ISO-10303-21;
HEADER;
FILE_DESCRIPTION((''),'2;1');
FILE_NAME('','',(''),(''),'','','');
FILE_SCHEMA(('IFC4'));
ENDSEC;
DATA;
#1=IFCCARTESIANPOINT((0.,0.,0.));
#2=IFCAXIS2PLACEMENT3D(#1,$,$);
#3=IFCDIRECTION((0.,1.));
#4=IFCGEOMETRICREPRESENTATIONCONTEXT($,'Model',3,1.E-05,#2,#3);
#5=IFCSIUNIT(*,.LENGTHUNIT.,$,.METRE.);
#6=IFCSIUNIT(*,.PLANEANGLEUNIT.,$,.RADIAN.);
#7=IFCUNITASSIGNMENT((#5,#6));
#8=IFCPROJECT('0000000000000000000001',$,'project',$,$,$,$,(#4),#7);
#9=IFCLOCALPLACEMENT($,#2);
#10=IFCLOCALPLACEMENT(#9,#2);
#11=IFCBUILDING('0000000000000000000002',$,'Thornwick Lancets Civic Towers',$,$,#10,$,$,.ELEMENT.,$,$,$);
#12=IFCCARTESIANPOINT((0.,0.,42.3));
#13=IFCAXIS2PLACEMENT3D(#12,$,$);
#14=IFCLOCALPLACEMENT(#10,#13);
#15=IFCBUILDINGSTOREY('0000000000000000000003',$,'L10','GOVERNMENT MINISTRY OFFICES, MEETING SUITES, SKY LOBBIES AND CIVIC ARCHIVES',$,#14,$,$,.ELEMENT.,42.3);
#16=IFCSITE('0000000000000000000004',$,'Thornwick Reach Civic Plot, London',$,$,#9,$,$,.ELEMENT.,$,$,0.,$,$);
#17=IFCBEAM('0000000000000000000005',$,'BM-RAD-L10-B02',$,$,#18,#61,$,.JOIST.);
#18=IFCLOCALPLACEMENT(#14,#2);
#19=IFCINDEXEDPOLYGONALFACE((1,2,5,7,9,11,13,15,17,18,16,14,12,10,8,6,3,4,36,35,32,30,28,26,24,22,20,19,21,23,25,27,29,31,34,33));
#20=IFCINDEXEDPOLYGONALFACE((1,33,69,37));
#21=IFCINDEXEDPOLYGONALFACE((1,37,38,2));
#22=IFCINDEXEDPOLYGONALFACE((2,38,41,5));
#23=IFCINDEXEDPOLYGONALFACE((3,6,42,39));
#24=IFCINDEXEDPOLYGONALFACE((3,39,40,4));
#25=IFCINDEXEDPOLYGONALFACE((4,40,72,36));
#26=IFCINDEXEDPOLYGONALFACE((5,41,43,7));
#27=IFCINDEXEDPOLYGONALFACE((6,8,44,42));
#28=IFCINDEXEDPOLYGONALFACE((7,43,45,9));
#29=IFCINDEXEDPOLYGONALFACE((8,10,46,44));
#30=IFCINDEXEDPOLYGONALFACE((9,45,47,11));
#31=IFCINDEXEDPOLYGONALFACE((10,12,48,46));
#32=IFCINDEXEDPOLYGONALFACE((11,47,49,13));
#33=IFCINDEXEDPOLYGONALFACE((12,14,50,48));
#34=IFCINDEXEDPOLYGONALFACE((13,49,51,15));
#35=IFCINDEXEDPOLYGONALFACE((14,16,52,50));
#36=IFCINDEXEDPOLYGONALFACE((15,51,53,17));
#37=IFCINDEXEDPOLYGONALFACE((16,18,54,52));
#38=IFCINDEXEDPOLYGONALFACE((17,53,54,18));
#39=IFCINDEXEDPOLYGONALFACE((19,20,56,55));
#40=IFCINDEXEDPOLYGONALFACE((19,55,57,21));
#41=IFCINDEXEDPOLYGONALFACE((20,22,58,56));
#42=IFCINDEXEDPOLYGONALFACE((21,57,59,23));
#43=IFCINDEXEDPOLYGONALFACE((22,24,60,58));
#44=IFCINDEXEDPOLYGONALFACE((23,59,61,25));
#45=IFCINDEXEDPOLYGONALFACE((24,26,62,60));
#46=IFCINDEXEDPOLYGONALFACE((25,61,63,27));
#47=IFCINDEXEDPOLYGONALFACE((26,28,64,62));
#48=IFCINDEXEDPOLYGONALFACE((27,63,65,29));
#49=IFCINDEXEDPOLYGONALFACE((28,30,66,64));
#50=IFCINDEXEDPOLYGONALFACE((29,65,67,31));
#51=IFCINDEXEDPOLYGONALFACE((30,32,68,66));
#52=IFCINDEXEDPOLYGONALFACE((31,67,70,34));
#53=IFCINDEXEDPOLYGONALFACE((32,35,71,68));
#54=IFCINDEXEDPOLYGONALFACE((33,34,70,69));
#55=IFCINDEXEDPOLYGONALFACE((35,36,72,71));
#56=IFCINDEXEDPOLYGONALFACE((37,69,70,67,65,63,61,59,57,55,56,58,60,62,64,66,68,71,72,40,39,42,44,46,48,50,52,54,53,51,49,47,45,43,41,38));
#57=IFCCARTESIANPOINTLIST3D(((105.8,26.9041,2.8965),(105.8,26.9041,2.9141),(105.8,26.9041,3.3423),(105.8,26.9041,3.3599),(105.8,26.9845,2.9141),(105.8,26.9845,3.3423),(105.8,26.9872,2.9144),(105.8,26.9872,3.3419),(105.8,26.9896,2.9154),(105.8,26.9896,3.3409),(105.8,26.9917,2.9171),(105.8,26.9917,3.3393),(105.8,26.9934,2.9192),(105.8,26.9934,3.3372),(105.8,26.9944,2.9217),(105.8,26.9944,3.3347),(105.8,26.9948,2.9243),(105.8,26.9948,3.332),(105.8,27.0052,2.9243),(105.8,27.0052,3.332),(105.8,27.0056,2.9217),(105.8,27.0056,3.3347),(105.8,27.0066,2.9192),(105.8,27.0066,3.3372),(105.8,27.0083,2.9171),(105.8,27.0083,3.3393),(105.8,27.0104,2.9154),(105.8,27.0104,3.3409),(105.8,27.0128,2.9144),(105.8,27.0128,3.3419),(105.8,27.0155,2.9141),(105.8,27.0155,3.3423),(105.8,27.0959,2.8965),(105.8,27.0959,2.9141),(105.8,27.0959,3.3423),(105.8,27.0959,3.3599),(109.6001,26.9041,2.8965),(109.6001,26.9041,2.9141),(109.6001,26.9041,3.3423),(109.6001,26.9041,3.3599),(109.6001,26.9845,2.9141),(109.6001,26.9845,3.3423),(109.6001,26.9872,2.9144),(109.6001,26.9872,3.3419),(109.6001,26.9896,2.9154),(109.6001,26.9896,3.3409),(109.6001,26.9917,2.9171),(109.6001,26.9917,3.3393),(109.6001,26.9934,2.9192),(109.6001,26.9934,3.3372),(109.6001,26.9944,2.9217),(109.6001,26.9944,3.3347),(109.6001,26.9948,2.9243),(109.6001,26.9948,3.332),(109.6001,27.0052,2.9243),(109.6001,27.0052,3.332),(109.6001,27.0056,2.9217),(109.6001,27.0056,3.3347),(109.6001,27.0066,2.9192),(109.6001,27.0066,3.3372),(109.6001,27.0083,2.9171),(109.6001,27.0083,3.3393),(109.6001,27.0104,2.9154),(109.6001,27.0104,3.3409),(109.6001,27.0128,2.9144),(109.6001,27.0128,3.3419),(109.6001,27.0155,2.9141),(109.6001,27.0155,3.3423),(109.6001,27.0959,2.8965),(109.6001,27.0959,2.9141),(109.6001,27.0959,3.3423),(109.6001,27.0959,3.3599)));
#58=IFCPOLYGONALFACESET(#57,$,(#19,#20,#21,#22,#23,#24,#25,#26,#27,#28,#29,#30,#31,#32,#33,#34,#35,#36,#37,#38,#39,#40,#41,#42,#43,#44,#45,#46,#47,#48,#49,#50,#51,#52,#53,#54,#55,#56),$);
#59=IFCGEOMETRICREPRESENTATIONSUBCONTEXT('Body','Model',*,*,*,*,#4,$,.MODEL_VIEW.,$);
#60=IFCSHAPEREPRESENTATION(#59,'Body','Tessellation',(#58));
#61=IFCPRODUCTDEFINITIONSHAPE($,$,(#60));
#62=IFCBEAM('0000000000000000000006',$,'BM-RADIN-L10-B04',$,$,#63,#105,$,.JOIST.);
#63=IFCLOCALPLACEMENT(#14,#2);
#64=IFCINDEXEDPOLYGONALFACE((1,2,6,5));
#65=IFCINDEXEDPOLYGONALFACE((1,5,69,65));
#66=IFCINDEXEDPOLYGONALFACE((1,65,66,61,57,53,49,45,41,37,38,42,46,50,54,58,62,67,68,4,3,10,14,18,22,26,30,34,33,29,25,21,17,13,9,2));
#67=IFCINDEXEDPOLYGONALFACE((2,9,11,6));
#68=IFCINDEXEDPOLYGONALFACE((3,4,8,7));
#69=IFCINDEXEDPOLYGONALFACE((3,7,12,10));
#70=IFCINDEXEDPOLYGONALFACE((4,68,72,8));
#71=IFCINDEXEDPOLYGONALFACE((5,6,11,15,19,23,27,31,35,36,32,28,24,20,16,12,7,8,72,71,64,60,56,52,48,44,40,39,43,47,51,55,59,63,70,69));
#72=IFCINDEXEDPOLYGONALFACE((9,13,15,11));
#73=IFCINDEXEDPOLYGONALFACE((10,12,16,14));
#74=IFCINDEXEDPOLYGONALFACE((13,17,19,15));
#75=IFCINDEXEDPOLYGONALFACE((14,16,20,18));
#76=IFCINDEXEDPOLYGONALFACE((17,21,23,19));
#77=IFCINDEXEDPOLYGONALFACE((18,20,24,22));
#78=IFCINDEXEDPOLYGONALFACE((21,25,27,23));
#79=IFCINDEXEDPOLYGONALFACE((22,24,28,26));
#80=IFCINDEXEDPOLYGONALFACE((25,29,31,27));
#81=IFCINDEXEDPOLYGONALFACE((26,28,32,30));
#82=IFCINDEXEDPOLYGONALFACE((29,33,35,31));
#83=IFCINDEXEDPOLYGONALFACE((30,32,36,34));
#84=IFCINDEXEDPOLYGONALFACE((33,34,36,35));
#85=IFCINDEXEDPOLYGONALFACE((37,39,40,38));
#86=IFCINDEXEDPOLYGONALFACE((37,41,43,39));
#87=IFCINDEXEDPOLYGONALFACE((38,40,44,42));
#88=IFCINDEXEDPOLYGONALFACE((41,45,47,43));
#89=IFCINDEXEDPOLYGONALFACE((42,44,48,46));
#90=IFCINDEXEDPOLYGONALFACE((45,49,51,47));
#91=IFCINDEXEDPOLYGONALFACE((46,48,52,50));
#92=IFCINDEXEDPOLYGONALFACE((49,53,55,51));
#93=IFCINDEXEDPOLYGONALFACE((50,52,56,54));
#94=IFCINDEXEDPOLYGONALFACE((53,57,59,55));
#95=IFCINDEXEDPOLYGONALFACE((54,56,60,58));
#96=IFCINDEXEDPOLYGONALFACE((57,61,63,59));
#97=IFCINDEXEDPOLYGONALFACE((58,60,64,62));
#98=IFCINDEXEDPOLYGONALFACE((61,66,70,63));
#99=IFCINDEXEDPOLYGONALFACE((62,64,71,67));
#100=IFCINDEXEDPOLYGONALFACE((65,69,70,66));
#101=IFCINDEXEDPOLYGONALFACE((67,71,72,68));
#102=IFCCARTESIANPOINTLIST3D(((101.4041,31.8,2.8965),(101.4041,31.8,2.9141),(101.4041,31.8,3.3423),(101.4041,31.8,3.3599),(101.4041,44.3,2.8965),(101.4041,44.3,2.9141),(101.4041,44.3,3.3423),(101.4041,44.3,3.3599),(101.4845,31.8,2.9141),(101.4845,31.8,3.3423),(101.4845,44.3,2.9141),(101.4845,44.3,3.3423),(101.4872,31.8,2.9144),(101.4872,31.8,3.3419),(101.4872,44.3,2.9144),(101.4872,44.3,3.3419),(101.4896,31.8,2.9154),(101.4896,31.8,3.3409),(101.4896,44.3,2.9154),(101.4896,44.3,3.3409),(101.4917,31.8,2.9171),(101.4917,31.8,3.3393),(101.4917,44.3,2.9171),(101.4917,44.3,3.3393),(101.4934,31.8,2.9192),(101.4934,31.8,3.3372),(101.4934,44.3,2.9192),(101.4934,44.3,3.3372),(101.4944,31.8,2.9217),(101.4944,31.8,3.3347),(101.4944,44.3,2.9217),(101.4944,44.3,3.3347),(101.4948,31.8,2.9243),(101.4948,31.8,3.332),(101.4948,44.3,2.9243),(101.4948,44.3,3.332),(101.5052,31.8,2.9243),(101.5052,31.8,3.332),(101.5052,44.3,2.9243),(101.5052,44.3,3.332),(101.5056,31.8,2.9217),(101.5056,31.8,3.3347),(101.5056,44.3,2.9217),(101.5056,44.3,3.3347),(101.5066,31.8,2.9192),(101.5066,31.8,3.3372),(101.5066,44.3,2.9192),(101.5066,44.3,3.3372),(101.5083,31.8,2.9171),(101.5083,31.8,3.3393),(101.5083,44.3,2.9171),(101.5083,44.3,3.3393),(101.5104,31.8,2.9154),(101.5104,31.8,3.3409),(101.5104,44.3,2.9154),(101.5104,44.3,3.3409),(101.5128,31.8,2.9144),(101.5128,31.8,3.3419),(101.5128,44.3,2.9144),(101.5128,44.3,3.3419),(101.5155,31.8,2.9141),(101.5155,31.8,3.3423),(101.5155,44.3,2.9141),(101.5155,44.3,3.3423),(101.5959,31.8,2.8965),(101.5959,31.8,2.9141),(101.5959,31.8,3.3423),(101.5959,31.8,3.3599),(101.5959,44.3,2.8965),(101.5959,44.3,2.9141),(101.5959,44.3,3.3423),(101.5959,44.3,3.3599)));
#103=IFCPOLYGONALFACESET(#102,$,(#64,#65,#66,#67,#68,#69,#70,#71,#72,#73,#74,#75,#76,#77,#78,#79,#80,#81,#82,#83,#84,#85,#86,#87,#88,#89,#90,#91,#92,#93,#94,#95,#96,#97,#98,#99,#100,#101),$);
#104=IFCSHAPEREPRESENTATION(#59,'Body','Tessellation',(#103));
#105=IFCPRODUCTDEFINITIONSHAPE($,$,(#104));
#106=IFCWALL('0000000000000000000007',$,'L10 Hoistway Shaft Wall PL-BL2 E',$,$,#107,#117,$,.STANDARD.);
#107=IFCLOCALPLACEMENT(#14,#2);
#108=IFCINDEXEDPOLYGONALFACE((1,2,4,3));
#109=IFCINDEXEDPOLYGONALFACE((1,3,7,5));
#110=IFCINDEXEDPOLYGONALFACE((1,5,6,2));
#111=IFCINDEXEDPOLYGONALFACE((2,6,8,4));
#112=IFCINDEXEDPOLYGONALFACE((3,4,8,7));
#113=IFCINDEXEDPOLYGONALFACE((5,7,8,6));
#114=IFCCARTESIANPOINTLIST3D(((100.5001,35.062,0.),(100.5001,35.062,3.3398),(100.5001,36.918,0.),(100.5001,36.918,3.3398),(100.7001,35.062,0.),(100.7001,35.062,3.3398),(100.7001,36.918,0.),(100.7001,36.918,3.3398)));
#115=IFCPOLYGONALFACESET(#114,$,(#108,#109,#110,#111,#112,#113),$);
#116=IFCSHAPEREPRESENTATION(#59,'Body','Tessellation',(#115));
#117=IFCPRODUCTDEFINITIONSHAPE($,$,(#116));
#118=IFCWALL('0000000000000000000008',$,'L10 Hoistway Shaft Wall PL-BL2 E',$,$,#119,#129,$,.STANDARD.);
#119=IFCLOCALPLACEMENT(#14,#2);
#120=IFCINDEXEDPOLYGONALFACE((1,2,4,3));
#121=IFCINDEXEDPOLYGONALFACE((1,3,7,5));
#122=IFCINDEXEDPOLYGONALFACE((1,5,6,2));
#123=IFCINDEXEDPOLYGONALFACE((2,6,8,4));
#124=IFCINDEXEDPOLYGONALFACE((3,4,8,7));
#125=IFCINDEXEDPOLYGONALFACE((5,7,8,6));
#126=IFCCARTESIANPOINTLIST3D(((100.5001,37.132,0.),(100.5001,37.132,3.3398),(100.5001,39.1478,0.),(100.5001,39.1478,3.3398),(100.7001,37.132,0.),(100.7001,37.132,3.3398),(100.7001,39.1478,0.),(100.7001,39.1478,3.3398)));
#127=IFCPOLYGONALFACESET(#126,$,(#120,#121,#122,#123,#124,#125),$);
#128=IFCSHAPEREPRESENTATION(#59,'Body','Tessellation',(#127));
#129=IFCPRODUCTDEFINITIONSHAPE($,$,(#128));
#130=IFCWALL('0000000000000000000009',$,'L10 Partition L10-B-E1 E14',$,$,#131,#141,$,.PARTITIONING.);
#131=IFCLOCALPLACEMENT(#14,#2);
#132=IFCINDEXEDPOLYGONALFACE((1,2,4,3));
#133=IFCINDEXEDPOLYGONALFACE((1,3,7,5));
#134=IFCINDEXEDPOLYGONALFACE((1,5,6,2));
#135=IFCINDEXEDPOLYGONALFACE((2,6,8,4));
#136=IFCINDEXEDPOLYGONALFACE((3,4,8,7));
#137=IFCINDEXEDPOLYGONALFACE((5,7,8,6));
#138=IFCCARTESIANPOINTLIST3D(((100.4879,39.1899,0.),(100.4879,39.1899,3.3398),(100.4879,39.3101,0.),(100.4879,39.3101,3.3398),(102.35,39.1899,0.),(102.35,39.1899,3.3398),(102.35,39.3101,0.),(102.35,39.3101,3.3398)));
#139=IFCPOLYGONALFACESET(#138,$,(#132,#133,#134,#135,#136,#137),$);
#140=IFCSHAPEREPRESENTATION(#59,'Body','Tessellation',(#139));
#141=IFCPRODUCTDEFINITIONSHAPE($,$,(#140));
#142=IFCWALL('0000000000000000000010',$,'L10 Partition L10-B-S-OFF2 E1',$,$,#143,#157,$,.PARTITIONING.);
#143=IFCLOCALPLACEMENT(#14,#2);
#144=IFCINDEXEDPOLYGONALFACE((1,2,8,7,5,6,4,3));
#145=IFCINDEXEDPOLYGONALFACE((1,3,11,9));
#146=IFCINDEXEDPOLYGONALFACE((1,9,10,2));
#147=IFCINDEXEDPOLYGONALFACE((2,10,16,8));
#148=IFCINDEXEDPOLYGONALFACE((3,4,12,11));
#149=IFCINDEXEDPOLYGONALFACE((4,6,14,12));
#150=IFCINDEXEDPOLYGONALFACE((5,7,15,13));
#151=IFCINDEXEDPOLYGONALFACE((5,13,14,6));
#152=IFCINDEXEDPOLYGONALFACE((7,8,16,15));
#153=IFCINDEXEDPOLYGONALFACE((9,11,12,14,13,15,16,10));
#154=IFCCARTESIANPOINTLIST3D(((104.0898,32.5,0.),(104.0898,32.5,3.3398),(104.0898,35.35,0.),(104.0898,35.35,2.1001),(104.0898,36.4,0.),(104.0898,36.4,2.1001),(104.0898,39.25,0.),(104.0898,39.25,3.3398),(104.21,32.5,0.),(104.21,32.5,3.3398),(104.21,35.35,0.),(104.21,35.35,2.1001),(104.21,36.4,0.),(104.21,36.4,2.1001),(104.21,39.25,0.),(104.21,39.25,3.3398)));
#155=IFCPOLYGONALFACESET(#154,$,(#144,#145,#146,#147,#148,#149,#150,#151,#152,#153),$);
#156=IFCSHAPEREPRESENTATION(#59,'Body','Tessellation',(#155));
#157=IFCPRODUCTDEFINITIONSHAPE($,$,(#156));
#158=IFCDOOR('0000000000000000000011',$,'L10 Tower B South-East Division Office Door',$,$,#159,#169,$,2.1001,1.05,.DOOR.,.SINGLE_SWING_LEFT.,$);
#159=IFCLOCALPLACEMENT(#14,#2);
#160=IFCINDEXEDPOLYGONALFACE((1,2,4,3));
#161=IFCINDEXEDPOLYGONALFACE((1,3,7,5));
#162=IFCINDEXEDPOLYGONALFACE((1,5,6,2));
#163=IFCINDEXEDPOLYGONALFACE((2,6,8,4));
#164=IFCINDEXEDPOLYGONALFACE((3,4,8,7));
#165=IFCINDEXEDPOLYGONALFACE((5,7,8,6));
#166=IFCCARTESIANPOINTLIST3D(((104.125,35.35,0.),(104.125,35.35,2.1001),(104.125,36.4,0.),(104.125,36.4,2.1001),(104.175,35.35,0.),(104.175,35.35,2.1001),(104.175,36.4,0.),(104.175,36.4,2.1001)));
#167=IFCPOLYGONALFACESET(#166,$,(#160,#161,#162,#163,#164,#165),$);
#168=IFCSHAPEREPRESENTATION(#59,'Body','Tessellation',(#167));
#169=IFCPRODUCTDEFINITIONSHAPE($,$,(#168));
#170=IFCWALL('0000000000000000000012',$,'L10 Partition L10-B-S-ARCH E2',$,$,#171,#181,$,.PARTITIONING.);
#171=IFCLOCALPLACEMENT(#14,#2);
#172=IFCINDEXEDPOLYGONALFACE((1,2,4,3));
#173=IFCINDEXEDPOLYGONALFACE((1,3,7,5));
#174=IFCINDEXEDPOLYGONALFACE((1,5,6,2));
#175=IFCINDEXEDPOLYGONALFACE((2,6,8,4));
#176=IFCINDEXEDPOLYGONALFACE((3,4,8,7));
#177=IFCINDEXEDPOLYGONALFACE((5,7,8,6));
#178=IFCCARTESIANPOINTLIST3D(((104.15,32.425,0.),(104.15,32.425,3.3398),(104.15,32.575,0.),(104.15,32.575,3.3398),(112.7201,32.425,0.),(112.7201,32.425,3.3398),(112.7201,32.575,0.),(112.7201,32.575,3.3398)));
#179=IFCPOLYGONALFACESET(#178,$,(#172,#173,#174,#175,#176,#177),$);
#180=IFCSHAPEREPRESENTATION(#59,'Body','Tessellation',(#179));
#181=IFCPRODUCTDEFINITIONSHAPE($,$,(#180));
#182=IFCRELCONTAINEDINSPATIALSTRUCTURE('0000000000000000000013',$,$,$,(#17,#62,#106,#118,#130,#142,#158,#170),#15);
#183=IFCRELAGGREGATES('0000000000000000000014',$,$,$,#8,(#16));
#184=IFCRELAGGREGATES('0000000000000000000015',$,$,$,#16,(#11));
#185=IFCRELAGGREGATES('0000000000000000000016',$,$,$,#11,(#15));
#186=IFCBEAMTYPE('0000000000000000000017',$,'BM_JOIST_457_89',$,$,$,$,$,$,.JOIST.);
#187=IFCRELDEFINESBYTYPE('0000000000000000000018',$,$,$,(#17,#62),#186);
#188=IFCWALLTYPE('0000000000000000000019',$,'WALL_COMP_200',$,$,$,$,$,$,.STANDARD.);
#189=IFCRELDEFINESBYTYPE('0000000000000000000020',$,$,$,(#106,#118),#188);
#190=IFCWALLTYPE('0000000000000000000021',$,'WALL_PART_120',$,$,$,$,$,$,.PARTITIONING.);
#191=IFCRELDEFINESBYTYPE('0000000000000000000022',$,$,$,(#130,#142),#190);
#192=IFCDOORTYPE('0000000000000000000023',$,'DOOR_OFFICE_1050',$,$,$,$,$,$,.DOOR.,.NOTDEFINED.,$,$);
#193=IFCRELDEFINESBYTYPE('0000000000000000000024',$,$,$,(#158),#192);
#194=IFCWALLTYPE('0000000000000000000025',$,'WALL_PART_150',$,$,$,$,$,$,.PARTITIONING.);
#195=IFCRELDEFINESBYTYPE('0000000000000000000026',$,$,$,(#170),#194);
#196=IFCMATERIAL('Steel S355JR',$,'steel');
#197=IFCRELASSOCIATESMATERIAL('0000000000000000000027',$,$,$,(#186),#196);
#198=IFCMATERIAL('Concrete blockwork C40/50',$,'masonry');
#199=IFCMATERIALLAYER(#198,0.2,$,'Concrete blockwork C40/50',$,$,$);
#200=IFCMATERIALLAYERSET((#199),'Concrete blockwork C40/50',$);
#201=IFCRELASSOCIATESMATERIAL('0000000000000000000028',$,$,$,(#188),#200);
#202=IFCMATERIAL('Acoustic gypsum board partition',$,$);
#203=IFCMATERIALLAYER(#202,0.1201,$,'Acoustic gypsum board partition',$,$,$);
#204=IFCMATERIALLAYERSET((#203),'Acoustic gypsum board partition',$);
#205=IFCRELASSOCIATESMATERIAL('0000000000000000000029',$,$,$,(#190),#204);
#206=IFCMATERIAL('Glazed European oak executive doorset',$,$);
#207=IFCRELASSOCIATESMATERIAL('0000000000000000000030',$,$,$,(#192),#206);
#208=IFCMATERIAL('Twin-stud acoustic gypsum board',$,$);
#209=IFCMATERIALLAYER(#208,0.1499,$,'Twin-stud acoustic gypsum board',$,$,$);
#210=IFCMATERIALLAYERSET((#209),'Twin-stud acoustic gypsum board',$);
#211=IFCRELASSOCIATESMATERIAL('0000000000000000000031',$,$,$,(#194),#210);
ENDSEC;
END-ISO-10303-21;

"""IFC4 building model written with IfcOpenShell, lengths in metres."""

from ifc_helpers import new_model, si_unit, direction, frame, frame_2d, origin, origin_2d, place, context, subcontext, project, spatial, rectangle, i_section, extrude, material, layer, layer_set, material_profile, profile_set, type_object, element, fill, save


model = new_model("IFC4")

# Units and contexts
model_context = context("Model", 3, precision=1e-05, world=origin(), true_north=direction((0.0, 1.0)))
body_context = subcontext(model_context, "Body", "Model", "MODEL_VIEW")
ifc_project = project(units=[si_unit("LENGTHUNIT", "METRE"), si_unit("PLANEANGLEUNIT", "RADIAN")], contexts=[model_context])

# Site, building, storey
site_placement = place(None, origin())
site = spatial("IfcSite", under=ifc_project, at=site_placement, Name="Thornwick Reach Civic Plot, London", CompositionType="ELEMENT", RefElevation=0.0)
building_placement = place(site_placement, origin())
building = spatial("IfcBuilding", under=site, at=building_placement, Name="Thornwick Lancets Civic Towers", CompositionType="ELEMENT")
storey_placement = place(building_placement, frame((0.0, 0.0, 42.3)))
storey = spatial("IfcBuildingStorey", under=building, at=storey_placement, Name="L10", Description="GOVERNMENT MINISTRY OFFICES, MEETING SUITES, SKY LOBBIES AND CIVIC ARCHIVES", CompositionType="ELEMENT", Elevation=42.3)

# Beams
ifc_material_1 = material(Name="Steel S355JR", Category="steel")
ifc_material_profile_1 = material_profile(ifc_material_1, i_section(OverallWidth=0.1919, OverallDepth=0.4634, WebThickness=0.0105, FlangeThickness=0.0176, FilletRadius=0.0103, at=origin_2d()), Name="UKB 457x191x89")
ifc_profile_set_1 = profile_set([ifc_material_profile_1], Name="Steel S355JR")
beam_type_1 = type_object("IfcBeamType", Name="BM_JOIST_457_89", PredefinedType="JOIST", material=ifc_profile_set_1)
beam_1_placement = place(storey_placement, frame((105.8, 27.0, 3.1282), z_axis=(1.0, 0.0, 0.0), x_axis=(0.0, 1.0, 0.0)))
element("IfcBeam", 1, at=beam_1_placement, inside=storey, type_object=beam_type_1, Name="BM-RAD-L10-B02", PredefinedType="JOIST", context=body_context, shape_type="SweptSolid", body=[
    extrude(i_section(OverallWidth=0.1919, OverallDepth=0.4634, WebThickness=0.0105, FlangeThickness=0.0176, FilletRadius=0.0103, at=origin_2d()), origin(), (0.0, 0.0, 1.0), 3.8),
])
beam_2_placement = place(storey_placement, frame((101.5, 31.8, 3.1282), z_axis=(0.0, 1.0, 0.0), x_axis=(-1.0, 0.0, 0.0)))
element("IfcBeam", 2, at=beam_2_placement, inside=storey, type_object=beam_type_1, Name="BM-RADIN-L10-B04", PredefinedType="JOIST", context=body_context, shape_type="SweptSolid", body=[
    extrude(i_section(OverallWidth=0.1919, OverallDepth=0.4634, WebThickness=0.0105, FlangeThickness=0.0176, FilletRadius=0.0103, at=origin_2d()), origin(), (0.0, 0.0, 1.0), 12.5),
])

# Walls
ifc_material_2 = material(Name="Concrete blockwork C40/50", Category="masonry")
ifc_layer_1 = layer(ifc_material_2, 0.2, Name="Concrete blockwork C40/50")
ifc_layer_set_1 = layer_set([ifc_layer_1], Name="Concrete blockwork C40/50")
wall_type_1 = type_object("IfcWallType", Name="WALL_COMP_200", PredefinedType="STANDARD", material=ifc_layer_set_1)
wall_1_placement = place(storey_placement, frame((100.6001, 35.062, 0.0), z_axis=(0.0, 0.0, 1.0), x_axis=(0.0, 1.0, 0.0)))
element("IfcWall", 3, at=wall_1_placement, inside=storey, type_object=wall_type_1, Name="L10 Hoistway Shaft Wall PL-BL2 E", PredefinedType="STANDARD", context=body_context, shape_type="SweptSolid", body=[
    extrude(rectangle(XDim=1.856, YDim=0.2, at=frame_2d((0.928, 0.0))), origin(), (0.0, 0.0, 1.0), 3.3398),
])
wall_2_placement = place(storey_placement, frame((100.6001, 37.1321, 0.0), z_axis=(0.0, 0.0, 1.0), x_axis=(0.0, 1.0, 0.0)))
element("IfcWall", 4, at=wall_2_placement, inside=storey, type_object=wall_type_1, Name="L10 Hoistway Shaft Wall PL-BL2 E", PredefinedType="STANDARD", context=body_context, shape_type="SweptSolid", body=[
    extrude(rectangle(XDim=2.0159, YDim=0.2, at=frame_2d((1.0078, 0.0))), origin(), (0.0, 0.0, 1.0), 3.3398),
])
ifc_material_3 = material(Name="Acoustic gypsum board partition")
ifc_layer_2 = layer(ifc_material_3, 0.1201, Name="Acoustic gypsum board partition")
ifc_layer_set_2 = layer_set([ifc_layer_2], Name="Acoustic gypsum board partition")
wall_type_2 = type_object("IfcWallType", Name="WALL_PART_120", PredefinedType="PARTITIONING", material=ifc_layer_set_2)
wall_3_placement = place(storey_placement, frame((102.3501, 39.25, 0.0), z_axis=(0.0, 0.0, 1.0), x_axis=(-1.0, 0.0, 0.0)))
element("IfcWall", 5, at=wall_3_placement, inside=storey, type_object=wall_type_2, Name="L10 Partition L10-B-E1 E14", PredefinedType="PARTITIONING", context=body_context, shape_type="SweptSolid", body=[
    extrude(rectangle(XDim=1.8621, YDim=0.1201, at=frame_2d((0.9312, 0.0))), origin(), (0.0, 0.0, 1.0), 3.3398),
])

# Wall, opening, door
wall_4_placement = place(storey_placement, frame((104.1499, 32.5, 0.0), z_axis=(0.0, 0.0, 1.0), x_axis=(0.0, 1.0, 0.0)))
wall_4 = element("IfcWall", 6, at=wall_4_placement, inside=storey, type_object=wall_type_2, Name="L10 Partition L10-B-S-OFF2 E1", PredefinedType="PARTITIONING", context=body_context, shape_type="SweptSolid", body=[
    extrude(rectangle(XDim=6.75, YDim=0.1201, at=frame_2d((3.375, 0.0))), origin(), (0.0, 0.0, 1.0), 3.3398),
])
opening_placement = place(wall_4_placement, frame((2.8501, 0.0, 0.0)))
opening = element("IfcOpeningElement", 7, at=opening_placement, cuts=wall_4, PredefinedType="OPENING", context=body_context, shape_type="SweptSolid", body=[
    extrude(rectangle(XDim=1.05, YDim=2.1001, at=frame_2d((0.5249, 1.05))), frame((0.0, 0.0701, 0.0), z_axis=(0.0, -1.0, 0.0), x_axis=(1.0, 0.0, 0.0)), (0.0, 0.0, 1.0), 0.1401),
])
ifc_material_4 = material(Name="Glazed European oak executive doorset")
door_type = type_object("IfcDoorType", Name="DOOR_OFFICE_1050", OperationType="NOTDEFINED", PredefinedType="DOOR", material=ifc_material_4)
door_placement = place(opening_placement, origin())
door = element("IfcDoor", 8, at=door_placement, inside=storey, type_object=door_type, Name="L10 Tower B South-East Division Office Door", OperationType="SINGLE_SWING_LEFT", OverallHeight=2.1001, OverallWidth=1.05, PredefinedType="DOOR", context=body_context, shape_type="SweptSolid", body=[
    extrude(rectangle(XDim=1.05, YDim=2.1001, at=frame_2d((0.5249, 1.05))), frame((0.0, 0.0249, 0.0), z_axis=(0.0, -1.0, 0.0), x_axis=(1.0, 0.0, 0.0)), (0.0, 0.0, 1.0), 0.05),
])
fill(opening, door)

# Wall
ifc_material_5 = material(Name="Twin-stud acoustic gypsum board")
ifc_layer_3 = layer(ifc_material_5, 0.1499, Name="Twin-stud acoustic gypsum board")
ifc_layer_set_3 = layer_set([ifc_layer_3], Name="Twin-stud acoustic gypsum board")
wall_type_3 = type_object("IfcWallType", Name="WALL_PART_150", PredefinedType="PARTITIONING", material=ifc_layer_set_3)
wall_5_placement = place(storey_placement, frame((104.1499, 32.5, 0.0), z_axis=(0.0, 0.0, 1.0), x_axis=(1.0, 0.0, 0.0)))
element("IfcWall", 9, at=wall_5_placement, inside=storey, type_object=wall_type_3, Name="L10 Partition L10-B-S-ARCH E2", PredefinedType="PARTITIONING", context=body_context, shape_type="SweptSolid", body=[
    extrude(rectangle(XDim=8.5701, YDim=0.1499, at=frame_2d((4.2852, 0.0))), origin(), (0.0, 0.0, 1.0), 3.3398),
])

save(model, "model.ifc")
